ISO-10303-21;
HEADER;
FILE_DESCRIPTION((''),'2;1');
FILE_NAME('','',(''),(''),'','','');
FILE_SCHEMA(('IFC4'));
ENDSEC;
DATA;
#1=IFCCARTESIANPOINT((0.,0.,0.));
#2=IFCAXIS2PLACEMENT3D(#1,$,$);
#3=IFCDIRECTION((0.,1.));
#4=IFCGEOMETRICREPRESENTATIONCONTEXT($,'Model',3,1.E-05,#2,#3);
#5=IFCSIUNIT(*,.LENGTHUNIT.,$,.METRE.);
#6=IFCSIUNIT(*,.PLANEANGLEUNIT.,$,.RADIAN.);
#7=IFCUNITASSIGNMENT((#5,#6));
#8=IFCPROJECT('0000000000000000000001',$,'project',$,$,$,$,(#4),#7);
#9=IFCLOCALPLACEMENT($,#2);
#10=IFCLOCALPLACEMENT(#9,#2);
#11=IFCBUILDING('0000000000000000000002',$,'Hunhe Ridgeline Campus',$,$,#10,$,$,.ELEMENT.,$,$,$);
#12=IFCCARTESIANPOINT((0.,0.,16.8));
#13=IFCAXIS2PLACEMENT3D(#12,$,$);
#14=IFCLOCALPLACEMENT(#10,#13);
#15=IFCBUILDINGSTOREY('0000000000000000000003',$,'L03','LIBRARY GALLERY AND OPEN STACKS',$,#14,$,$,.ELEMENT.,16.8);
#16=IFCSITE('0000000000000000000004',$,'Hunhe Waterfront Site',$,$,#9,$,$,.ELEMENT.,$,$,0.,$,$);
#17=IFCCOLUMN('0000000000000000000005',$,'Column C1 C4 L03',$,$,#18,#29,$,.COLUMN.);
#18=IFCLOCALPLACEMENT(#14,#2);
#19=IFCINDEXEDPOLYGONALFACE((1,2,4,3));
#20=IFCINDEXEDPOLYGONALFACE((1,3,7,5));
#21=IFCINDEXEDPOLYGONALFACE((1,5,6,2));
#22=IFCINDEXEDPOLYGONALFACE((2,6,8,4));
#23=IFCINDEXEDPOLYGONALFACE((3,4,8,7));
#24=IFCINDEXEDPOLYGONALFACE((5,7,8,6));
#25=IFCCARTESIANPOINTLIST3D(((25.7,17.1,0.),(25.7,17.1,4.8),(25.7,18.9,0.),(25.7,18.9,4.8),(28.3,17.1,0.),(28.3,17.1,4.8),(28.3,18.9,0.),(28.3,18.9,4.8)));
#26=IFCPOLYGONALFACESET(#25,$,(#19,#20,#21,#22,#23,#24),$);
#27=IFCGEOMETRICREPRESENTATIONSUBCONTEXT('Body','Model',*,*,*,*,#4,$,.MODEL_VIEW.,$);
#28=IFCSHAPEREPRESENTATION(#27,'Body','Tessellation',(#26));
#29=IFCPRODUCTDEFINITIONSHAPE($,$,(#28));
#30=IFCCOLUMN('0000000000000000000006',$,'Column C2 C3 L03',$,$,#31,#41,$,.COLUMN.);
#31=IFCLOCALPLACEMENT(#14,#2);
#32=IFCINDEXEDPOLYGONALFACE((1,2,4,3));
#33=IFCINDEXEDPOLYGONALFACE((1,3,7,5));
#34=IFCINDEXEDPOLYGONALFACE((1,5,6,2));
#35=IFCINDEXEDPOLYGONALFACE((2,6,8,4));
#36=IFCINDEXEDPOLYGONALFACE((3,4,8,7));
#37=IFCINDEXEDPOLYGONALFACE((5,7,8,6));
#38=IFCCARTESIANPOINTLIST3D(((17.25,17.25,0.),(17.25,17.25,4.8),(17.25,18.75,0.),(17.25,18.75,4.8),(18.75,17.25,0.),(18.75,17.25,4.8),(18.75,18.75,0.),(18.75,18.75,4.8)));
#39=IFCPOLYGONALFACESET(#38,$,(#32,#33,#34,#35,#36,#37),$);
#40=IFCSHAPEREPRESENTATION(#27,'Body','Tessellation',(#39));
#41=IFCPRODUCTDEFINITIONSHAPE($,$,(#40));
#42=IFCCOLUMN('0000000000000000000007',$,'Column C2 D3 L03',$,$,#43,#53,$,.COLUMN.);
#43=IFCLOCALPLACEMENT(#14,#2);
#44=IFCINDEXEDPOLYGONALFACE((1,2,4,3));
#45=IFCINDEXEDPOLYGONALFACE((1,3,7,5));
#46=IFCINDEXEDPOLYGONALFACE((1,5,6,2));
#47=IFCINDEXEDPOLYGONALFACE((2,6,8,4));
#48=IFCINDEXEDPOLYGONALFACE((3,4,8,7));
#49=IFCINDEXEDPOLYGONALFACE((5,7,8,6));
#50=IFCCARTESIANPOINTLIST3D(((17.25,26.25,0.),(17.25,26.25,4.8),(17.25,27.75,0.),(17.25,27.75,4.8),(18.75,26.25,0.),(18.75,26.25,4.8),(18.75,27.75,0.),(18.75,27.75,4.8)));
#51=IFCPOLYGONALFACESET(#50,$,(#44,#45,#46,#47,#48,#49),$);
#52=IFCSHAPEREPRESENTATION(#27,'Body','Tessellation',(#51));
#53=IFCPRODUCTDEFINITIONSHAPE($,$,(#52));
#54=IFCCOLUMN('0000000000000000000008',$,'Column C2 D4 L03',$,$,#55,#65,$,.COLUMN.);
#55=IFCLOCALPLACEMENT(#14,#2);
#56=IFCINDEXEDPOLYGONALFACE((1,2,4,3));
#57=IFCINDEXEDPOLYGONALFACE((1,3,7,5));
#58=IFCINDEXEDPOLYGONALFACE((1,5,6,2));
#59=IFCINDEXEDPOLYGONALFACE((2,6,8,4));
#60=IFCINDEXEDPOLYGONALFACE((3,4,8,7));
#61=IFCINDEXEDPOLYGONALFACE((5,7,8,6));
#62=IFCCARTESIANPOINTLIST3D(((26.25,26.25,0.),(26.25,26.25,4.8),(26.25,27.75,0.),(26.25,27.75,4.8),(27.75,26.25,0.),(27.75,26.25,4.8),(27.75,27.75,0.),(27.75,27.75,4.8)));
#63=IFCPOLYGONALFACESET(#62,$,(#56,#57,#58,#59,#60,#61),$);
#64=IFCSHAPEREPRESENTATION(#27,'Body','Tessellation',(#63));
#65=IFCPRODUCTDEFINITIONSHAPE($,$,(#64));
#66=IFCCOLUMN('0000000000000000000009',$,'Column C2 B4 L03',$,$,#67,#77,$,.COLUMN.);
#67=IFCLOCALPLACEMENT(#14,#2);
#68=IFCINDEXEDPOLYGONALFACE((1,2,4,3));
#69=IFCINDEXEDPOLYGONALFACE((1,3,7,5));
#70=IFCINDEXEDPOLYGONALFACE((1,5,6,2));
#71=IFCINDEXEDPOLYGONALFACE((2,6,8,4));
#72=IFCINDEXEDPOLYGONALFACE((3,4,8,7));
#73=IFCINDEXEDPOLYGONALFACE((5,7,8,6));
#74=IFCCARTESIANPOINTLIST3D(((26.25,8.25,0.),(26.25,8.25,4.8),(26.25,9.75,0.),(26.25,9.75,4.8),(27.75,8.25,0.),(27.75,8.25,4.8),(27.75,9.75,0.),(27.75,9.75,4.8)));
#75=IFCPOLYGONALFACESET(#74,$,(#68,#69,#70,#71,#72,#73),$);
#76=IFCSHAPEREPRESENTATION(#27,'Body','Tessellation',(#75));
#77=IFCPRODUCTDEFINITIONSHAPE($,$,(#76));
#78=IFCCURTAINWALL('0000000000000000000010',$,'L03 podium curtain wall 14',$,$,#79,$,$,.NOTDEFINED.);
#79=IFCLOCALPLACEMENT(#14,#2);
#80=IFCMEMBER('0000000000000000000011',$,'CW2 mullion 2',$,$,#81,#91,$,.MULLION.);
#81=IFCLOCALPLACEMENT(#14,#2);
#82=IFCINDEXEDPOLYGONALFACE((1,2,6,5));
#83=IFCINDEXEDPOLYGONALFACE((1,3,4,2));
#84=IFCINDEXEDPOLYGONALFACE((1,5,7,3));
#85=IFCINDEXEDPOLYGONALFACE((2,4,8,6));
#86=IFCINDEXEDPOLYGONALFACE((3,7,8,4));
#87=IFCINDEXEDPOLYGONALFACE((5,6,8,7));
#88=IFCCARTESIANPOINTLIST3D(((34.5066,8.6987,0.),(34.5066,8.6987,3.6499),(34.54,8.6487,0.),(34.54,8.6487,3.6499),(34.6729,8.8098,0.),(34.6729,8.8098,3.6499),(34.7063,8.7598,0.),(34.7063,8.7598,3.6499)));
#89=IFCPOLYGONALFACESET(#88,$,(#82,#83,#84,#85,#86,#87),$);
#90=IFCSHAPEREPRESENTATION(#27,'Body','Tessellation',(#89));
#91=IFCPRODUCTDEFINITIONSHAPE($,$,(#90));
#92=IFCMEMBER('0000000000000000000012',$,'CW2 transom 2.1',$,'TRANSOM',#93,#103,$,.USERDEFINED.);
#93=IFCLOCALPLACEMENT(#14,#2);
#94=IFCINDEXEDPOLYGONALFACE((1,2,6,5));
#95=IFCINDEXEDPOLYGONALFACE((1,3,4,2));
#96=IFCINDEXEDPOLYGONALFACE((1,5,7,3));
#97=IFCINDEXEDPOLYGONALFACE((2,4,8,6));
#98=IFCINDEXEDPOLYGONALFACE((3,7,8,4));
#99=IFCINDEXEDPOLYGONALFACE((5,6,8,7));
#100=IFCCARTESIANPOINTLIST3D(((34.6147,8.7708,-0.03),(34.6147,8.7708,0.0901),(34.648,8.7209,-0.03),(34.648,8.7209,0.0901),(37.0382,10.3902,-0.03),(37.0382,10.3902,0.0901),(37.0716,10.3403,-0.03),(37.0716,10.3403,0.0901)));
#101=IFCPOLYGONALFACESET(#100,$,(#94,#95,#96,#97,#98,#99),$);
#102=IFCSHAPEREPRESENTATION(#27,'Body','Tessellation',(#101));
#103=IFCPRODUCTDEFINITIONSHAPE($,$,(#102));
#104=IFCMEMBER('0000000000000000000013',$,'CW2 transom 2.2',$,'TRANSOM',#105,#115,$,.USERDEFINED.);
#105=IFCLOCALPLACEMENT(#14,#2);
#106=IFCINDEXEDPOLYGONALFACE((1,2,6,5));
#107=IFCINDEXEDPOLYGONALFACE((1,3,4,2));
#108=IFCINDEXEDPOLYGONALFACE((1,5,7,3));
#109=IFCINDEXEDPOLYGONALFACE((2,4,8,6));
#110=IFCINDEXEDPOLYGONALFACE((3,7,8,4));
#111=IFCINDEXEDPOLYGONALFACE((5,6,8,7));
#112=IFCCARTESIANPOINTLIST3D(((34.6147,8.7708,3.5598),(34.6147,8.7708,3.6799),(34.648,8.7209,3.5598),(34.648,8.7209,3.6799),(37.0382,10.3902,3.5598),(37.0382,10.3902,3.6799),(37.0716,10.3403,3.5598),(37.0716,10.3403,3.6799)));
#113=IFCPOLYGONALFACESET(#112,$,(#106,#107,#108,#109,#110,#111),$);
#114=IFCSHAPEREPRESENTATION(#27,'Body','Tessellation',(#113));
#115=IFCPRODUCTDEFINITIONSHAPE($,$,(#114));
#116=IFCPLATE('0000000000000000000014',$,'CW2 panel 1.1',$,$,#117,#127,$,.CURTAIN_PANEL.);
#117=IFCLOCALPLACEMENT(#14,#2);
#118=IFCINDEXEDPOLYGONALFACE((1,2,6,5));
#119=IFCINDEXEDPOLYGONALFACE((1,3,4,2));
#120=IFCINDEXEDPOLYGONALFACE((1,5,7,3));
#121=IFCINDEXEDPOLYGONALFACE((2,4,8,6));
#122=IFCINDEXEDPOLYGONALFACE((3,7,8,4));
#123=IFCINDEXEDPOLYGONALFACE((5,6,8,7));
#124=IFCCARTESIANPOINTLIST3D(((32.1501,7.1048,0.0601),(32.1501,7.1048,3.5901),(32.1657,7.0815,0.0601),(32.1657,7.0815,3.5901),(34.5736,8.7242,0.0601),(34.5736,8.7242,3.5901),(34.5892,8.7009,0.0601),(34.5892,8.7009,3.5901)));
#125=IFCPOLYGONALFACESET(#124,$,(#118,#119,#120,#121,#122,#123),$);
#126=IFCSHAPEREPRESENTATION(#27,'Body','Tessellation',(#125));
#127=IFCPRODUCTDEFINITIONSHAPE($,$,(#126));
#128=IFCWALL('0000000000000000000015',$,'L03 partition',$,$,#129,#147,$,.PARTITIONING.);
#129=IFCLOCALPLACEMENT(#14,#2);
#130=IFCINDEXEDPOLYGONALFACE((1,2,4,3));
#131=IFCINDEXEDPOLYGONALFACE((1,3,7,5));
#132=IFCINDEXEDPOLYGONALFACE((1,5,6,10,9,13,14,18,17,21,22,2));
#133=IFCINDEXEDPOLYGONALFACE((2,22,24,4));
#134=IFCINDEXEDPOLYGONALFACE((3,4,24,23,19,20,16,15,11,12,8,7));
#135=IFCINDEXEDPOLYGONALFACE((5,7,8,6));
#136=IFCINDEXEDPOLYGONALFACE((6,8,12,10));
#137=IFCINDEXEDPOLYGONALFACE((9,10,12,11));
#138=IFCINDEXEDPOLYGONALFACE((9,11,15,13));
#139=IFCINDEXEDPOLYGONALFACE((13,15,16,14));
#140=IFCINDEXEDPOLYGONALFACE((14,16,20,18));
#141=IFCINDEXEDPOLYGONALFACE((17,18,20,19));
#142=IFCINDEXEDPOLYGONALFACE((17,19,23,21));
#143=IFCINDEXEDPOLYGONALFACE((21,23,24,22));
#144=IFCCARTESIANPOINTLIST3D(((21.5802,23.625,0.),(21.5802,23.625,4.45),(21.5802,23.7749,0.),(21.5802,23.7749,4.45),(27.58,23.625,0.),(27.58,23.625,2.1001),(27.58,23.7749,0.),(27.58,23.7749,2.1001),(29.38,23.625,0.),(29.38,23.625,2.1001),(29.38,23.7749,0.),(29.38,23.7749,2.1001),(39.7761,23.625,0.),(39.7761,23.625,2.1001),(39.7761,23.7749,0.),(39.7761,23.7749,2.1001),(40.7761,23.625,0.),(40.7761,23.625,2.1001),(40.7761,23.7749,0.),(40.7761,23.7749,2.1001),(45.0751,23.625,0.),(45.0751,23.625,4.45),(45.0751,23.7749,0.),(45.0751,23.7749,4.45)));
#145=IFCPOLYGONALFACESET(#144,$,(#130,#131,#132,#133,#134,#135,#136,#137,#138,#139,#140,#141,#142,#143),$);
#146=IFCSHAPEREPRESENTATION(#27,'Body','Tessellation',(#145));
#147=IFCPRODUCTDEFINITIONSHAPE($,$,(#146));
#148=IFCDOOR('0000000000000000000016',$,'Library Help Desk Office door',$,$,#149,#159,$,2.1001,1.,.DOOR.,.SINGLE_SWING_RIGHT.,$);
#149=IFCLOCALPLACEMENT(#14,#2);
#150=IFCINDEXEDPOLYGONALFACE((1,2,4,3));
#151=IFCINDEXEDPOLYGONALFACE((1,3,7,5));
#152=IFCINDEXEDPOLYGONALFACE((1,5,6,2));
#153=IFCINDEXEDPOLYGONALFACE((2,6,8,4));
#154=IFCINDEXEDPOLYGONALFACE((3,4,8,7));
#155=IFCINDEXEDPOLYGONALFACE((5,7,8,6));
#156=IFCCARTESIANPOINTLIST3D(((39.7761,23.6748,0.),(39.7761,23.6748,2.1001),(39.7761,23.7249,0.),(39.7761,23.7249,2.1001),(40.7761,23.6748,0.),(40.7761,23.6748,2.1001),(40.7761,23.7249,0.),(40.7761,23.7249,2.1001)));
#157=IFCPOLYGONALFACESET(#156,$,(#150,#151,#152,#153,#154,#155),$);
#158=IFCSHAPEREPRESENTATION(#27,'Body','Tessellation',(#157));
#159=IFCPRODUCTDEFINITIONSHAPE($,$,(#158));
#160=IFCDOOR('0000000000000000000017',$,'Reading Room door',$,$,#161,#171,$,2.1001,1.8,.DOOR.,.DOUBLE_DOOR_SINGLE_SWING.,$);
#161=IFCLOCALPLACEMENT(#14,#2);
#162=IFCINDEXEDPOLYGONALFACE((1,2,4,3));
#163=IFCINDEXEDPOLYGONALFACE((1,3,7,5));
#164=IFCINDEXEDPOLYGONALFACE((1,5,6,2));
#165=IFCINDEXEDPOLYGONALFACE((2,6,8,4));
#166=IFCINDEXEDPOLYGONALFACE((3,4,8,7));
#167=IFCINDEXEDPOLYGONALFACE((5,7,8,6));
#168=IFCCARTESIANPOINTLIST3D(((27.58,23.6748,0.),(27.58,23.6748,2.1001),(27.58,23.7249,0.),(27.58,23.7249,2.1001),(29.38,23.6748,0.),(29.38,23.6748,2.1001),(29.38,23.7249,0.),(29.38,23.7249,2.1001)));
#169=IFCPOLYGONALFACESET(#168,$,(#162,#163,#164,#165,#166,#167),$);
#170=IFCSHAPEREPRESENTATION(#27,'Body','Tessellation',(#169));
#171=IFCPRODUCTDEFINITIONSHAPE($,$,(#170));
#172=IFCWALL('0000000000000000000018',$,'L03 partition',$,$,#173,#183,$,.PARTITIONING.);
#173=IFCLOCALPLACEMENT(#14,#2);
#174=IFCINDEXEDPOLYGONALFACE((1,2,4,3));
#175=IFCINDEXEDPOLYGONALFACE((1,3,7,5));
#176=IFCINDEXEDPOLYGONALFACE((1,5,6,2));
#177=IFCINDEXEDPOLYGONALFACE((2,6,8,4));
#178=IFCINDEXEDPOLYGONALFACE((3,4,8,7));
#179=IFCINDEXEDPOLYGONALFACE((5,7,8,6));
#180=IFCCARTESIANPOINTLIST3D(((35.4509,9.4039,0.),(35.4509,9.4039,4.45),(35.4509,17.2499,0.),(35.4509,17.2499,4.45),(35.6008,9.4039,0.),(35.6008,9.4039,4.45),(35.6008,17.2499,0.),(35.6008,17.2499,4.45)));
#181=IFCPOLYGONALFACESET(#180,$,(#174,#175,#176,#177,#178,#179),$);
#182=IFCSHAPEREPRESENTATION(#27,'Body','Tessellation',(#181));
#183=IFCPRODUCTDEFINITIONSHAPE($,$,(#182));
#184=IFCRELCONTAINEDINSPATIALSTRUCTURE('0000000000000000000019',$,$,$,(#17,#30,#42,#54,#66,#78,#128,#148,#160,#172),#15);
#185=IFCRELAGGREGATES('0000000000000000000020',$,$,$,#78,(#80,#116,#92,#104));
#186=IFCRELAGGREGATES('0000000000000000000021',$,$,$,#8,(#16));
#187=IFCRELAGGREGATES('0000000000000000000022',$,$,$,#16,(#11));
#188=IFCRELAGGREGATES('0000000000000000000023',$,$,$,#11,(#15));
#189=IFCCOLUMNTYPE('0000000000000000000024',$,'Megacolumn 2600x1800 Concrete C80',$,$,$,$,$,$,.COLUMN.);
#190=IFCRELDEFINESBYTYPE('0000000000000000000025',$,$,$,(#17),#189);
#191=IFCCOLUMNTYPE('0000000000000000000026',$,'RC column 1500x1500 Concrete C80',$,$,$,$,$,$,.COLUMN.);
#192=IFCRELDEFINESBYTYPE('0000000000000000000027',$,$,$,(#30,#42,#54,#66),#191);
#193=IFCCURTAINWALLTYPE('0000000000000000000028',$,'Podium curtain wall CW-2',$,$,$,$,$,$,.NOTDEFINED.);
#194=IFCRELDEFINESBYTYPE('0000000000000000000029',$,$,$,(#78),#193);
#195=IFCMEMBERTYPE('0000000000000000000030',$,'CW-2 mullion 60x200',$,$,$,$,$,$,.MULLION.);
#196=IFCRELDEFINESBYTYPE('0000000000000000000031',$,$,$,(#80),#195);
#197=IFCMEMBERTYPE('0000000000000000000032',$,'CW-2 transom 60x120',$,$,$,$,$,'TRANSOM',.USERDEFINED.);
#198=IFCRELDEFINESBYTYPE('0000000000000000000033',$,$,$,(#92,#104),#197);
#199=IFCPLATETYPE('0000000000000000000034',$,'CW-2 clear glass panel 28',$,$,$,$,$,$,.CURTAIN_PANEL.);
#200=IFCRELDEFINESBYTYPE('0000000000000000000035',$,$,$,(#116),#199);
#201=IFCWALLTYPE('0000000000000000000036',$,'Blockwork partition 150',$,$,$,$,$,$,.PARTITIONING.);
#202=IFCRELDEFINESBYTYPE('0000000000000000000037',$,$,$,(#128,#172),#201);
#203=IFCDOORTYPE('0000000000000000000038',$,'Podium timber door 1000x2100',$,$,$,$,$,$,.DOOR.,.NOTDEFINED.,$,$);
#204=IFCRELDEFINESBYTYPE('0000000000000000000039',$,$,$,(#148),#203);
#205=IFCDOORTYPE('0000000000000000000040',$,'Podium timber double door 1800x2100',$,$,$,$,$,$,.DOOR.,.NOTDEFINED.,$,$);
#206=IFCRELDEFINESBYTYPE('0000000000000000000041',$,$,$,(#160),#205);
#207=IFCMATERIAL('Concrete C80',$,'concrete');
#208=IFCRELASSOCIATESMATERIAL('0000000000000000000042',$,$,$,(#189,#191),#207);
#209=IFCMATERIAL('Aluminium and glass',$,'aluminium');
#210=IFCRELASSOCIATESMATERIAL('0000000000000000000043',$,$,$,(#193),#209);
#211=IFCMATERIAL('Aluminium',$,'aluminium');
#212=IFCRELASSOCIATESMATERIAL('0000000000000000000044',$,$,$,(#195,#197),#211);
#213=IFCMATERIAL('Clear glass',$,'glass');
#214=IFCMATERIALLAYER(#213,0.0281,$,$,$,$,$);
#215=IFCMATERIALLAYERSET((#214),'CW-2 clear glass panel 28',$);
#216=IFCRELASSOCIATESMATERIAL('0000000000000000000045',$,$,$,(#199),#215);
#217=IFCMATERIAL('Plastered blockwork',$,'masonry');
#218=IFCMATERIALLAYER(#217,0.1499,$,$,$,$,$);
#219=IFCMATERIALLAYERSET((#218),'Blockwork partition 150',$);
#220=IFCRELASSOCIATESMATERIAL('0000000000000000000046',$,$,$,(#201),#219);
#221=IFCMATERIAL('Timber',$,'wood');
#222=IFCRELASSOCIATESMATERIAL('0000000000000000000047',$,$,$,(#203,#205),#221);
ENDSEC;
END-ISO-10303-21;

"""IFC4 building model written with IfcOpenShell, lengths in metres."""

from ifc_helpers import new_model, si_unit, direction, frame, frame_2d, origin, origin_2d, place, context, subcontext, project, spatial, rectangle, extrude, material, layer, layer_set, material_profile, profile_set, type_object, element, fill, aggregate, save


model = new_model("IFC4")

# Units and contexts
model_context = context("Model", 3, precision=1e-05, world=origin(), true_north=direction((0.0, 1.0)))
body_context = subcontext(model_context, "Body", "Model", "MODEL_VIEW")
ifc_project = project(units=[si_unit("LENGTHUNIT", "METRE"), si_unit("PLANEANGLEUNIT", "RADIAN")], contexts=[model_context])

# Site, building, storey
site_placement = place(None, origin())
site = spatial("IfcSite", under=ifc_project, at=site_placement, Name="Hunhe Waterfront Site", CompositionType="ELEMENT", RefElevation=0.0)
building_placement = place(site_placement, origin())
building = spatial("IfcBuilding", under=site, at=building_placement, Name="Hunhe Ridgeline Campus", CompositionType="ELEMENT")
storey_placement = place(building_placement, frame((0.0, 0.0, 16.8)))
storey = spatial("IfcBuildingStorey", under=building, at=storey_placement, Name="L03", Description="LIBRARY GALLERY AND OPEN STACKS", CompositionType="ELEMENT", Elevation=16.8)

# Columns
ifc_material_1 = material(Name="Concrete C80", Category="concrete")
ifc_material_profile_1 = material_profile(ifc_material_1, rectangle(XDim=2.6001, YDim=1.8, at=origin_2d()))
ifc_profile_set_1 = profile_set([ifc_material_profile_1], Name="Concrete C80")
column_type_1 = type_object("IfcColumnType", Name="Megacolumn 2600x1800 Concrete C80", PredefinedType="COLUMN", material=ifc_profile_set_1)
column_placement = place(storey_placement, frame((27.0, 18.0, 0.0), z_axis=(0.0, 0.0, 1.0), x_axis=(1.0, 0.0, 0.0)))
element("IfcColumn", 1, at=column_placement, inside=storey, type_object=column_type_1, Name="Column C1 C4 L03", PredefinedType="COLUMN", context=body_context, shape_type="SweptSolid", body=[
    extrude(rectangle(XDim=2.6001, YDim=1.8, at=origin_2d()), origin(), (0.0, 0.0, 1.0), 4.8),
])
ifc_material_profile_2 = material_profile(ifc_material_1, rectangle(XDim=1.5, YDim=1.5, at=origin_2d()))
ifc_profile_set_2 = profile_set([ifc_material_profile_2], Name="Concrete C80")
column_type_2 = type_object("IfcColumnType", Name="RC column 1500x1500 Concrete C80", PredefinedType="COLUMN", material=ifc_profile_set_2)
for number, where, z_axis, x_axis, name in (
    (2, (18.0, 18.0, 0.0), (0.0, 0.0, 1.0), (1.0, 0.0, 0.0), "Column C2 C3 L03"),
    (3, (18.0, 27.0, 0.0), (0.0, 0.0, 1.0), (1.0, 0.0, 0.0), "Column C2 D3 L03"),
    (4, (27.0, 27.0, 0.0), (0.0, 0.0, 1.0), (1.0, 0.0, 0.0), "Column C2 D4 L03"),
    (5, (27.0, 9.0, 0.0), (0.0, 0.0, 1.0), (1.0, 0.0, 0.0), "Column C2 B4 L03"),
):
    element("IfcColumn", number, at=place(storey_placement, frame(where, z_axis=z_axis, x_axis=x_axis)), inside=storey, type_object=column_type_2, Name=name, PredefinedType="COLUMN", context=body_context, shape_type="SweptSolid", body=[
        extrude(rectangle(XDim=1.5, YDim=1.5, at=origin_2d()), origin(), (0.0, 0.0, 1.0), 4.8),
    ])

# Curtain wall, members, plate
ifc_material_2 = material(Name="Aluminium and glass", Category="aluminium")
curtain_wall_type = type_object("IfcCurtainWallType", Name="Podium curtain wall CW-2", PredefinedType="NOTDEFINED", material=ifc_material_2)
curtain_wall_placement = place(storey_placement, origin())
curtain_wall = element("IfcCurtainWall", 6, at=curtain_wall_placement, inside=storey, type_object=curtain_wall_type, Name="L03 podium curtain wall 14", PredefinedType="NOTDEFINED")
ifc_material_3 = material(Name="Aluminium", Category="aluminium")
ifc_material_profile_3 = material_profile(ifc_material_3, rectangle(XDim=0.0601, YDim=0.2, at=origin_2d()))
ifc_profile_set_3 = profile_set([ifc_material_profile_3], Name="Aluminium")
member_type_1 = type_object("IfcMemberType", Name="CW-2 mullion 60x200", PredefinedType="MULLION", material=ifc_profile_set_3)
member_1_placement = place(storey_placement, frame((34.6064, 8.7292, 0.0), z_axis=(0.0, 0.0, 1.0), x_axis=(-0.555579, 0.831464, 0.0)))
member_1 = element("IfcMember", 7, at=member_1_placement, type_object=member_type_1, Name="CW2 mullion 2", PredefinedType="MULLION", context=body_context, shape_type="SweptSolid", body=[
    extrude(rectangle(XDim=0.0601, YDim=0.2, at=origin_2d()), origin(), (0.0, 0.0, 1.0), 3.6499),
])
ifc_material_profile_4 = material_profile(ifc_material_3, rectangle(XDim=0.0601, YDim=0.1201, at=origin_2d()))
ifc_profile_set_4 = profile_set([ifc_material_profile_4], Name="Aluminium")
member_type_2 = type_object("IfcMemberType", Name="CW-2 transom 60x120", ElementType="TRANSOM", PredefinedType="USERDEFINED", material=ifc_profile_set_4)
member_2_placement = place(storey_placement, frame((34.6313, 8.7458, 0.03), z_axis=(0.83147, 0.55557, 0.0), x_axis=(-0.55557, 0.83147, 0.0)))
member_2 = element("IfcMember", 8, at=member_2_placement, type_object=member_type_2, Name="CW2 transom 2.1", ObjectType="TRANSOM", PredefinedType="USERDEFINED", context=body_context, shape_type="SweptSolid", body=[
    extrude(rectangle(XDim=0.0601, YDim=0.1201, at=origin_2d()), origin(), (0.0, 0.0, 1.0), 2.9148),
])
member_3_placement = place(storey_placement, frame((34.6313, 8.7458, 3.6199), z_axis=(0.83147, 0.55557, 0.0), x_axis=(-0.55557, 0.83147, 0.0)))
member_3 = element("IfcMember", 9, at=member_3_placement, type_object=member_type_2, Name="CW2 transom 2.2", ObjectType="TRANSOM", PredefinedType="USERDEFINED", context=body_context, shape_type="SweptSolid", body=[
    extrude(rectangle(XDim=0.0601, YDim=0.1201, at=origin_2d()), origin(), (0.0, 0.0, 1.0), 2.9148),
])
ifc_material_4 = material(Name="Clear glass", Category="glass")
ifc_layer_1 = layer(ifc_material_4, 0.0281)
ifc_layer_set_1 = layer_set([ifc_layer_1], Name="CW-2 clear glass panel 28")
plate_type = type_object("IfcPlateType", Name="CW-2 clear glass panel 28", PredefinedType="CURTAIN_PANEL", material=ifc_layer_set_1)
plate_placement = place(storey_placement, frame((33.3696, 7.9028, 0.0601), z_axis=(0.0, 0.0, 1.0), x_axis=(0.831464, 0.555579, 0.0)))
plate = element("IfcPlate", 10, at=plate_placement, type_object=plate_type, Name="CW2 panel 1.1", PredefinedType="CURTAIN_PANEL", context=body_context, shape_type="SweptSolid", body=[
    extrude(rectangle(XDim=2.9148, YDim=0.0281, at=origin_2d()), origin(), (0.0, 0.0, 1.0), 3.53),
])
aggregate(curtain_wall, [member_1, plate, member_2, member_3])

# Wall, openings, doors
ifc_material_5 = material(Name="Plastered blockwork", Category="masonry")
ifc_layer_2 = layer(ifc_material_5, 0.1499)
ifc_layer_set_2 = layer_set([ifc_layer_2], Name="Blockwork partition 150")
wall_type_1 = type_object("IfcWallType", Name="Blockwork partition 150", PredefinedType="PARTITIONING", material=ifc_layer_set_2)
wall_1_placement = place(storey_placement, frame((21.5801, 23.7, 0.0), z_axis=(0.0, 0.0, 1.0), x_axis=(1.0, 0.0, 0.0)))
wall_1 = element("IfcWall", 11, at=wall_1_placement, inside=storey, type_object=wall_type_1, Name="L03 partition", PredefinedType="PARTITIONING", context=body_context, shape_type="SweptSolid", body=[
    extrude(rectangle(XDim=23.4949, YDim=0.1499, at=frame_2d((11.7476, 0.0))), origin(), (0.0, 0.0, 1.0), 4.45),
])
opening_1_placement = place(wall_1_placement, frame((6.0, 0.0, 0.0)))
opening_1 = element("IfcOpeningElement", 12, at=opening_1_placement, cuts=wall_1, PredefinedType="OPENING", context=body_context, shape_type="SweptSolid", body=[
    extrude(rectangle(XDim=1.8, YDim=2.1001, at=frame_2d((0.8999, 1.05))), frame((0.0, 0.075, 0.0), z_axis=(0.0, -1.0, 0.0), x_axis=(1.0, 0.0, 0.0)), (0.0, 0.0, 1.0), 0.1499),
])
opening_2_placement = place(wall_1_placement, frame((18.196, 0.0, 0.0)))
opening_2 = element("IfcOpeningElement", 13, at=opening_2_placement, cuts=wall_1, PredefinedType="OPENING", context=body_context, shape_type="SweptSolid", body=[
    extrude(rectangle(XDim=1.0, YDim=2.1001, at=frame_2d((0.5, 1.05))), frame((0.0, 0.075, 0.0), z_axis=(0.0, -1.0, 0.0), x_axis=(1.0, 0.0, 0.0)), (0.0, 0.0, 1.0), 0.1499),
])
ifc_material_6 = material(Name="Timber", Category="wood")
door_type_1 = type_object("IfcDoorType", Name="Podium timber door 1000x2100", OperationType="NOTDEFINED", PredefinedType="DOOR", material=ifc_material_6)
door_1_placement = place(opening_2_placement, origin())
door_1 = element("IfcDoor", 14, at=door_1_placement, inside=storey, type_object=door_type_1, Name="Library Help Desk Office door", OperationType="SINGLE_SWING_RIGHT", OverallHeight=2.1001, OverallWidth=1.0, PredefinedType="DOOR", context=body_context, shape_type="SweptSolid", body=[
    extrude(rectangle(XDim=1.0, YDim=2.1001, at=frame_2d((0.5, 1.05))), frame((0.0, 0.0249, 0.0), z_axis=(0.0, -1.0, 0.0), x_axis=(1.0, 0.0, 0.0)), (0.0, 0.0, 1.0), 0.05),
])
fill(opening_2, door_1)
door_type_2 = type_object("IfcDoorType", Name="Podium timber double door 1800x2100", OperationType="NOTDEFINED", PredefinedType="DOOR", material=ifc_material_6)
door_2_placement = place(opening_1_placement, origin())
door_2 = element("IfcDoor", 15, at=door_2_placement, inside=storey, type_object=door_type_2, Name="Reading Room door", OperationType="DOUBLE_DOOR_SINGLE_SWING", OverallHeight=2.1001, OverallWidth=1.8, PredefinedType="DOOR", context=body_context, shape_type="SweptSolid", body=[
    extrude(rectangle(XDim=1.8, YDim=2.1001, at=frame_2d((0.8999, 1.05))), frame((0.0, 0.0249, 0.0), z_axis=(0.0, -1.0, 0.0), x_axis=(1.0, 0.0, 0.0)), (0.0, 0.0, 1.0), 0.05),
])
fill(opening_1, door_2)

# Wall
wall_2_placement = place(storey_placement, frame((35.5259, 9.4041, 0.0), z_axis=(0.0, 0.0, 1.0), x_axis=(0.0, 1.0, 0.0)))
element("IfcWall", 16, at=wall_2_placement, inside=storey, type_object=wall_type_1, Name="L03 partition", PredefinedType="PARTITIONING", context=body_context, shape_type="SweptSolid", body=[
    extrude(rectangle(XDim=7.8459, YDim=0.1499, at=frame_2d((3.9229, 0.0))), origin(), (0.0, 0.0, 1.0), 4.45),
])

save(model, "model.ifc")
